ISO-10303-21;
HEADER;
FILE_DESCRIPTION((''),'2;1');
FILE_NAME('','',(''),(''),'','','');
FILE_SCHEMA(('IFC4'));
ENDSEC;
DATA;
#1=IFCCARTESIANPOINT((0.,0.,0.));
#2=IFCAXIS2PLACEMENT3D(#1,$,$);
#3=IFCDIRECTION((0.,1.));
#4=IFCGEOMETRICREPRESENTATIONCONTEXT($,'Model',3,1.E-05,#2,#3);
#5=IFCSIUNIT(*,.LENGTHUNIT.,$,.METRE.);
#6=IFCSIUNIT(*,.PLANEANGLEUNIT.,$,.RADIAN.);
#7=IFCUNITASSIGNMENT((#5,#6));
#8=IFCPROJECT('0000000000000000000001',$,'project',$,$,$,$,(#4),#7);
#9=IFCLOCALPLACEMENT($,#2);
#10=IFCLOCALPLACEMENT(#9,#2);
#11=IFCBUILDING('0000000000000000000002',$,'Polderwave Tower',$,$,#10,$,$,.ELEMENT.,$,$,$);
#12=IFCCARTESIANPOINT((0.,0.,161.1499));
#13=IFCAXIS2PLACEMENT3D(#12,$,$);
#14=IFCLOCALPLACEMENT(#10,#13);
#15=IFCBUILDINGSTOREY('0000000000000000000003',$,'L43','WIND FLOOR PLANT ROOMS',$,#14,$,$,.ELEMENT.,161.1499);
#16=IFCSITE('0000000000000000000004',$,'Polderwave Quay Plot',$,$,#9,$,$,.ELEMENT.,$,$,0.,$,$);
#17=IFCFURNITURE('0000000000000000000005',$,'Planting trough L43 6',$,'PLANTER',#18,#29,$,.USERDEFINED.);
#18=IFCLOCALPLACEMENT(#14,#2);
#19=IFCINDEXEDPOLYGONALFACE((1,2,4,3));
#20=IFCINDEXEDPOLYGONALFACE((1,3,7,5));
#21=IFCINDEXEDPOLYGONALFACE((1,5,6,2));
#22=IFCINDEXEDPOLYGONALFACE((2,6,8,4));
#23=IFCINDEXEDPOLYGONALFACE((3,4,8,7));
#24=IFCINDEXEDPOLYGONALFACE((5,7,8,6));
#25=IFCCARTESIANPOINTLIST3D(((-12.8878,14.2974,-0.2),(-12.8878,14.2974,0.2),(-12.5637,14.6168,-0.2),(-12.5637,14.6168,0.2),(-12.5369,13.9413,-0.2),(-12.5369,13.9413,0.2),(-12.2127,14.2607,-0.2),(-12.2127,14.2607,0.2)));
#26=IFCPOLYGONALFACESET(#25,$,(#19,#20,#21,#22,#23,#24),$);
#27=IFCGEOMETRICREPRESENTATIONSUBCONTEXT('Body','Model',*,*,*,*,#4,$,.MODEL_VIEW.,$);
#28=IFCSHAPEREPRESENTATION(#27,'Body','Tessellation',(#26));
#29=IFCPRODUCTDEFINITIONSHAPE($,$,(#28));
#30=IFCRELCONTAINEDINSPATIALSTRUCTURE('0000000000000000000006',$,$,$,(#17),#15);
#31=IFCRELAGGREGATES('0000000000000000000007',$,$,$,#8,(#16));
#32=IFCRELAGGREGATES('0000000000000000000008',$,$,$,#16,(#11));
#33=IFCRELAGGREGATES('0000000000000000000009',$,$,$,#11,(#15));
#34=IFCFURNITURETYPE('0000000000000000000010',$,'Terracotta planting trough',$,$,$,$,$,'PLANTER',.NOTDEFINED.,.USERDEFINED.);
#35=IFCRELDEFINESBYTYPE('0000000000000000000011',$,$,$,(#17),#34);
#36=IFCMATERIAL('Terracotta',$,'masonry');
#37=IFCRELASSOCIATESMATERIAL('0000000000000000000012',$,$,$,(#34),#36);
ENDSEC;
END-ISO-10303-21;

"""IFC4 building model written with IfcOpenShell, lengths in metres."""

from ifc_helpers import new_model, si_unit, direction, frame, origin, origin_2d, place, context, subcontext, project, spatial, rectangle, extrude, material, type_object, element, save


model = new_model("IFC4")

# Units and contexts
model_context = context("Model", 3, precision=1e-05, world=origin(), true_north=direction((0.0, 1.0)))
body_context = subcontext(model_context, "Body", "Model", "MODEL_VIEW")
ifc_project = project(units=[si_unit("LENGTHUNIT", "METRE"), si_unit("PLANEANGLEUNIT", "RADIAN")], contexts=[model_context])

# Site, building, storey
site_placement = place(None, origin())
site = spatial("IfcSite", under=ifc_project, at=site_placement, Name="Polderwave Quay Plot", CompositionType="ELEMENT", RefElevation=0.0)
building_placement = place(site_placement, origin())
building = spatial("IfcBuilding", under=site, at=building_placement, Name="Polderwave Tower", CompositionType="ELEMENT")
storey_placement = place(building_placement, frame((0.0, 0.0, 161.1499)))
storey = spatial("IfcBuildingStorey", under=building, at=storey_placement, Name="L43", Description="WIND FLOOR PLANT ROOMS", CompositionType="ELEMENT", Elevation=161.1499)

# Furniture
ifc_material_1 = material(Name="Terracotta", Category="masonry")
furniture_type = type_object("IfcFurnitureType", Name="Terracotta planting trough", ElementType="PLANTER", AssemblyPlace="NOTDEFINED", PredefinedType="USERDEFINED", material=ifc_material_1)
furniture_placement = place(storey_placement, frame((-12.5503, 14.2791, -0.2), z_axis=(0.0, 0.0, 1.0), x_axis=(-0.712285, -0.701891, 0.0)))
element("IfcFurniture", 1, at=furniture_placement, inside=storey, type_object=furniture_type, Name="Planting trough L43 6", ObjectType="PLANTER", PredefinedType="USERDEFINED", context=body_context, shape_type="SweptSolid", body=[
    extrude(rectangle(XDim=0.4551, YDim=0.5, at=origin_2d()), origin(), (0.0, 0.0, 1.0), 0.3999),
])

save(model, "model.ifc")
